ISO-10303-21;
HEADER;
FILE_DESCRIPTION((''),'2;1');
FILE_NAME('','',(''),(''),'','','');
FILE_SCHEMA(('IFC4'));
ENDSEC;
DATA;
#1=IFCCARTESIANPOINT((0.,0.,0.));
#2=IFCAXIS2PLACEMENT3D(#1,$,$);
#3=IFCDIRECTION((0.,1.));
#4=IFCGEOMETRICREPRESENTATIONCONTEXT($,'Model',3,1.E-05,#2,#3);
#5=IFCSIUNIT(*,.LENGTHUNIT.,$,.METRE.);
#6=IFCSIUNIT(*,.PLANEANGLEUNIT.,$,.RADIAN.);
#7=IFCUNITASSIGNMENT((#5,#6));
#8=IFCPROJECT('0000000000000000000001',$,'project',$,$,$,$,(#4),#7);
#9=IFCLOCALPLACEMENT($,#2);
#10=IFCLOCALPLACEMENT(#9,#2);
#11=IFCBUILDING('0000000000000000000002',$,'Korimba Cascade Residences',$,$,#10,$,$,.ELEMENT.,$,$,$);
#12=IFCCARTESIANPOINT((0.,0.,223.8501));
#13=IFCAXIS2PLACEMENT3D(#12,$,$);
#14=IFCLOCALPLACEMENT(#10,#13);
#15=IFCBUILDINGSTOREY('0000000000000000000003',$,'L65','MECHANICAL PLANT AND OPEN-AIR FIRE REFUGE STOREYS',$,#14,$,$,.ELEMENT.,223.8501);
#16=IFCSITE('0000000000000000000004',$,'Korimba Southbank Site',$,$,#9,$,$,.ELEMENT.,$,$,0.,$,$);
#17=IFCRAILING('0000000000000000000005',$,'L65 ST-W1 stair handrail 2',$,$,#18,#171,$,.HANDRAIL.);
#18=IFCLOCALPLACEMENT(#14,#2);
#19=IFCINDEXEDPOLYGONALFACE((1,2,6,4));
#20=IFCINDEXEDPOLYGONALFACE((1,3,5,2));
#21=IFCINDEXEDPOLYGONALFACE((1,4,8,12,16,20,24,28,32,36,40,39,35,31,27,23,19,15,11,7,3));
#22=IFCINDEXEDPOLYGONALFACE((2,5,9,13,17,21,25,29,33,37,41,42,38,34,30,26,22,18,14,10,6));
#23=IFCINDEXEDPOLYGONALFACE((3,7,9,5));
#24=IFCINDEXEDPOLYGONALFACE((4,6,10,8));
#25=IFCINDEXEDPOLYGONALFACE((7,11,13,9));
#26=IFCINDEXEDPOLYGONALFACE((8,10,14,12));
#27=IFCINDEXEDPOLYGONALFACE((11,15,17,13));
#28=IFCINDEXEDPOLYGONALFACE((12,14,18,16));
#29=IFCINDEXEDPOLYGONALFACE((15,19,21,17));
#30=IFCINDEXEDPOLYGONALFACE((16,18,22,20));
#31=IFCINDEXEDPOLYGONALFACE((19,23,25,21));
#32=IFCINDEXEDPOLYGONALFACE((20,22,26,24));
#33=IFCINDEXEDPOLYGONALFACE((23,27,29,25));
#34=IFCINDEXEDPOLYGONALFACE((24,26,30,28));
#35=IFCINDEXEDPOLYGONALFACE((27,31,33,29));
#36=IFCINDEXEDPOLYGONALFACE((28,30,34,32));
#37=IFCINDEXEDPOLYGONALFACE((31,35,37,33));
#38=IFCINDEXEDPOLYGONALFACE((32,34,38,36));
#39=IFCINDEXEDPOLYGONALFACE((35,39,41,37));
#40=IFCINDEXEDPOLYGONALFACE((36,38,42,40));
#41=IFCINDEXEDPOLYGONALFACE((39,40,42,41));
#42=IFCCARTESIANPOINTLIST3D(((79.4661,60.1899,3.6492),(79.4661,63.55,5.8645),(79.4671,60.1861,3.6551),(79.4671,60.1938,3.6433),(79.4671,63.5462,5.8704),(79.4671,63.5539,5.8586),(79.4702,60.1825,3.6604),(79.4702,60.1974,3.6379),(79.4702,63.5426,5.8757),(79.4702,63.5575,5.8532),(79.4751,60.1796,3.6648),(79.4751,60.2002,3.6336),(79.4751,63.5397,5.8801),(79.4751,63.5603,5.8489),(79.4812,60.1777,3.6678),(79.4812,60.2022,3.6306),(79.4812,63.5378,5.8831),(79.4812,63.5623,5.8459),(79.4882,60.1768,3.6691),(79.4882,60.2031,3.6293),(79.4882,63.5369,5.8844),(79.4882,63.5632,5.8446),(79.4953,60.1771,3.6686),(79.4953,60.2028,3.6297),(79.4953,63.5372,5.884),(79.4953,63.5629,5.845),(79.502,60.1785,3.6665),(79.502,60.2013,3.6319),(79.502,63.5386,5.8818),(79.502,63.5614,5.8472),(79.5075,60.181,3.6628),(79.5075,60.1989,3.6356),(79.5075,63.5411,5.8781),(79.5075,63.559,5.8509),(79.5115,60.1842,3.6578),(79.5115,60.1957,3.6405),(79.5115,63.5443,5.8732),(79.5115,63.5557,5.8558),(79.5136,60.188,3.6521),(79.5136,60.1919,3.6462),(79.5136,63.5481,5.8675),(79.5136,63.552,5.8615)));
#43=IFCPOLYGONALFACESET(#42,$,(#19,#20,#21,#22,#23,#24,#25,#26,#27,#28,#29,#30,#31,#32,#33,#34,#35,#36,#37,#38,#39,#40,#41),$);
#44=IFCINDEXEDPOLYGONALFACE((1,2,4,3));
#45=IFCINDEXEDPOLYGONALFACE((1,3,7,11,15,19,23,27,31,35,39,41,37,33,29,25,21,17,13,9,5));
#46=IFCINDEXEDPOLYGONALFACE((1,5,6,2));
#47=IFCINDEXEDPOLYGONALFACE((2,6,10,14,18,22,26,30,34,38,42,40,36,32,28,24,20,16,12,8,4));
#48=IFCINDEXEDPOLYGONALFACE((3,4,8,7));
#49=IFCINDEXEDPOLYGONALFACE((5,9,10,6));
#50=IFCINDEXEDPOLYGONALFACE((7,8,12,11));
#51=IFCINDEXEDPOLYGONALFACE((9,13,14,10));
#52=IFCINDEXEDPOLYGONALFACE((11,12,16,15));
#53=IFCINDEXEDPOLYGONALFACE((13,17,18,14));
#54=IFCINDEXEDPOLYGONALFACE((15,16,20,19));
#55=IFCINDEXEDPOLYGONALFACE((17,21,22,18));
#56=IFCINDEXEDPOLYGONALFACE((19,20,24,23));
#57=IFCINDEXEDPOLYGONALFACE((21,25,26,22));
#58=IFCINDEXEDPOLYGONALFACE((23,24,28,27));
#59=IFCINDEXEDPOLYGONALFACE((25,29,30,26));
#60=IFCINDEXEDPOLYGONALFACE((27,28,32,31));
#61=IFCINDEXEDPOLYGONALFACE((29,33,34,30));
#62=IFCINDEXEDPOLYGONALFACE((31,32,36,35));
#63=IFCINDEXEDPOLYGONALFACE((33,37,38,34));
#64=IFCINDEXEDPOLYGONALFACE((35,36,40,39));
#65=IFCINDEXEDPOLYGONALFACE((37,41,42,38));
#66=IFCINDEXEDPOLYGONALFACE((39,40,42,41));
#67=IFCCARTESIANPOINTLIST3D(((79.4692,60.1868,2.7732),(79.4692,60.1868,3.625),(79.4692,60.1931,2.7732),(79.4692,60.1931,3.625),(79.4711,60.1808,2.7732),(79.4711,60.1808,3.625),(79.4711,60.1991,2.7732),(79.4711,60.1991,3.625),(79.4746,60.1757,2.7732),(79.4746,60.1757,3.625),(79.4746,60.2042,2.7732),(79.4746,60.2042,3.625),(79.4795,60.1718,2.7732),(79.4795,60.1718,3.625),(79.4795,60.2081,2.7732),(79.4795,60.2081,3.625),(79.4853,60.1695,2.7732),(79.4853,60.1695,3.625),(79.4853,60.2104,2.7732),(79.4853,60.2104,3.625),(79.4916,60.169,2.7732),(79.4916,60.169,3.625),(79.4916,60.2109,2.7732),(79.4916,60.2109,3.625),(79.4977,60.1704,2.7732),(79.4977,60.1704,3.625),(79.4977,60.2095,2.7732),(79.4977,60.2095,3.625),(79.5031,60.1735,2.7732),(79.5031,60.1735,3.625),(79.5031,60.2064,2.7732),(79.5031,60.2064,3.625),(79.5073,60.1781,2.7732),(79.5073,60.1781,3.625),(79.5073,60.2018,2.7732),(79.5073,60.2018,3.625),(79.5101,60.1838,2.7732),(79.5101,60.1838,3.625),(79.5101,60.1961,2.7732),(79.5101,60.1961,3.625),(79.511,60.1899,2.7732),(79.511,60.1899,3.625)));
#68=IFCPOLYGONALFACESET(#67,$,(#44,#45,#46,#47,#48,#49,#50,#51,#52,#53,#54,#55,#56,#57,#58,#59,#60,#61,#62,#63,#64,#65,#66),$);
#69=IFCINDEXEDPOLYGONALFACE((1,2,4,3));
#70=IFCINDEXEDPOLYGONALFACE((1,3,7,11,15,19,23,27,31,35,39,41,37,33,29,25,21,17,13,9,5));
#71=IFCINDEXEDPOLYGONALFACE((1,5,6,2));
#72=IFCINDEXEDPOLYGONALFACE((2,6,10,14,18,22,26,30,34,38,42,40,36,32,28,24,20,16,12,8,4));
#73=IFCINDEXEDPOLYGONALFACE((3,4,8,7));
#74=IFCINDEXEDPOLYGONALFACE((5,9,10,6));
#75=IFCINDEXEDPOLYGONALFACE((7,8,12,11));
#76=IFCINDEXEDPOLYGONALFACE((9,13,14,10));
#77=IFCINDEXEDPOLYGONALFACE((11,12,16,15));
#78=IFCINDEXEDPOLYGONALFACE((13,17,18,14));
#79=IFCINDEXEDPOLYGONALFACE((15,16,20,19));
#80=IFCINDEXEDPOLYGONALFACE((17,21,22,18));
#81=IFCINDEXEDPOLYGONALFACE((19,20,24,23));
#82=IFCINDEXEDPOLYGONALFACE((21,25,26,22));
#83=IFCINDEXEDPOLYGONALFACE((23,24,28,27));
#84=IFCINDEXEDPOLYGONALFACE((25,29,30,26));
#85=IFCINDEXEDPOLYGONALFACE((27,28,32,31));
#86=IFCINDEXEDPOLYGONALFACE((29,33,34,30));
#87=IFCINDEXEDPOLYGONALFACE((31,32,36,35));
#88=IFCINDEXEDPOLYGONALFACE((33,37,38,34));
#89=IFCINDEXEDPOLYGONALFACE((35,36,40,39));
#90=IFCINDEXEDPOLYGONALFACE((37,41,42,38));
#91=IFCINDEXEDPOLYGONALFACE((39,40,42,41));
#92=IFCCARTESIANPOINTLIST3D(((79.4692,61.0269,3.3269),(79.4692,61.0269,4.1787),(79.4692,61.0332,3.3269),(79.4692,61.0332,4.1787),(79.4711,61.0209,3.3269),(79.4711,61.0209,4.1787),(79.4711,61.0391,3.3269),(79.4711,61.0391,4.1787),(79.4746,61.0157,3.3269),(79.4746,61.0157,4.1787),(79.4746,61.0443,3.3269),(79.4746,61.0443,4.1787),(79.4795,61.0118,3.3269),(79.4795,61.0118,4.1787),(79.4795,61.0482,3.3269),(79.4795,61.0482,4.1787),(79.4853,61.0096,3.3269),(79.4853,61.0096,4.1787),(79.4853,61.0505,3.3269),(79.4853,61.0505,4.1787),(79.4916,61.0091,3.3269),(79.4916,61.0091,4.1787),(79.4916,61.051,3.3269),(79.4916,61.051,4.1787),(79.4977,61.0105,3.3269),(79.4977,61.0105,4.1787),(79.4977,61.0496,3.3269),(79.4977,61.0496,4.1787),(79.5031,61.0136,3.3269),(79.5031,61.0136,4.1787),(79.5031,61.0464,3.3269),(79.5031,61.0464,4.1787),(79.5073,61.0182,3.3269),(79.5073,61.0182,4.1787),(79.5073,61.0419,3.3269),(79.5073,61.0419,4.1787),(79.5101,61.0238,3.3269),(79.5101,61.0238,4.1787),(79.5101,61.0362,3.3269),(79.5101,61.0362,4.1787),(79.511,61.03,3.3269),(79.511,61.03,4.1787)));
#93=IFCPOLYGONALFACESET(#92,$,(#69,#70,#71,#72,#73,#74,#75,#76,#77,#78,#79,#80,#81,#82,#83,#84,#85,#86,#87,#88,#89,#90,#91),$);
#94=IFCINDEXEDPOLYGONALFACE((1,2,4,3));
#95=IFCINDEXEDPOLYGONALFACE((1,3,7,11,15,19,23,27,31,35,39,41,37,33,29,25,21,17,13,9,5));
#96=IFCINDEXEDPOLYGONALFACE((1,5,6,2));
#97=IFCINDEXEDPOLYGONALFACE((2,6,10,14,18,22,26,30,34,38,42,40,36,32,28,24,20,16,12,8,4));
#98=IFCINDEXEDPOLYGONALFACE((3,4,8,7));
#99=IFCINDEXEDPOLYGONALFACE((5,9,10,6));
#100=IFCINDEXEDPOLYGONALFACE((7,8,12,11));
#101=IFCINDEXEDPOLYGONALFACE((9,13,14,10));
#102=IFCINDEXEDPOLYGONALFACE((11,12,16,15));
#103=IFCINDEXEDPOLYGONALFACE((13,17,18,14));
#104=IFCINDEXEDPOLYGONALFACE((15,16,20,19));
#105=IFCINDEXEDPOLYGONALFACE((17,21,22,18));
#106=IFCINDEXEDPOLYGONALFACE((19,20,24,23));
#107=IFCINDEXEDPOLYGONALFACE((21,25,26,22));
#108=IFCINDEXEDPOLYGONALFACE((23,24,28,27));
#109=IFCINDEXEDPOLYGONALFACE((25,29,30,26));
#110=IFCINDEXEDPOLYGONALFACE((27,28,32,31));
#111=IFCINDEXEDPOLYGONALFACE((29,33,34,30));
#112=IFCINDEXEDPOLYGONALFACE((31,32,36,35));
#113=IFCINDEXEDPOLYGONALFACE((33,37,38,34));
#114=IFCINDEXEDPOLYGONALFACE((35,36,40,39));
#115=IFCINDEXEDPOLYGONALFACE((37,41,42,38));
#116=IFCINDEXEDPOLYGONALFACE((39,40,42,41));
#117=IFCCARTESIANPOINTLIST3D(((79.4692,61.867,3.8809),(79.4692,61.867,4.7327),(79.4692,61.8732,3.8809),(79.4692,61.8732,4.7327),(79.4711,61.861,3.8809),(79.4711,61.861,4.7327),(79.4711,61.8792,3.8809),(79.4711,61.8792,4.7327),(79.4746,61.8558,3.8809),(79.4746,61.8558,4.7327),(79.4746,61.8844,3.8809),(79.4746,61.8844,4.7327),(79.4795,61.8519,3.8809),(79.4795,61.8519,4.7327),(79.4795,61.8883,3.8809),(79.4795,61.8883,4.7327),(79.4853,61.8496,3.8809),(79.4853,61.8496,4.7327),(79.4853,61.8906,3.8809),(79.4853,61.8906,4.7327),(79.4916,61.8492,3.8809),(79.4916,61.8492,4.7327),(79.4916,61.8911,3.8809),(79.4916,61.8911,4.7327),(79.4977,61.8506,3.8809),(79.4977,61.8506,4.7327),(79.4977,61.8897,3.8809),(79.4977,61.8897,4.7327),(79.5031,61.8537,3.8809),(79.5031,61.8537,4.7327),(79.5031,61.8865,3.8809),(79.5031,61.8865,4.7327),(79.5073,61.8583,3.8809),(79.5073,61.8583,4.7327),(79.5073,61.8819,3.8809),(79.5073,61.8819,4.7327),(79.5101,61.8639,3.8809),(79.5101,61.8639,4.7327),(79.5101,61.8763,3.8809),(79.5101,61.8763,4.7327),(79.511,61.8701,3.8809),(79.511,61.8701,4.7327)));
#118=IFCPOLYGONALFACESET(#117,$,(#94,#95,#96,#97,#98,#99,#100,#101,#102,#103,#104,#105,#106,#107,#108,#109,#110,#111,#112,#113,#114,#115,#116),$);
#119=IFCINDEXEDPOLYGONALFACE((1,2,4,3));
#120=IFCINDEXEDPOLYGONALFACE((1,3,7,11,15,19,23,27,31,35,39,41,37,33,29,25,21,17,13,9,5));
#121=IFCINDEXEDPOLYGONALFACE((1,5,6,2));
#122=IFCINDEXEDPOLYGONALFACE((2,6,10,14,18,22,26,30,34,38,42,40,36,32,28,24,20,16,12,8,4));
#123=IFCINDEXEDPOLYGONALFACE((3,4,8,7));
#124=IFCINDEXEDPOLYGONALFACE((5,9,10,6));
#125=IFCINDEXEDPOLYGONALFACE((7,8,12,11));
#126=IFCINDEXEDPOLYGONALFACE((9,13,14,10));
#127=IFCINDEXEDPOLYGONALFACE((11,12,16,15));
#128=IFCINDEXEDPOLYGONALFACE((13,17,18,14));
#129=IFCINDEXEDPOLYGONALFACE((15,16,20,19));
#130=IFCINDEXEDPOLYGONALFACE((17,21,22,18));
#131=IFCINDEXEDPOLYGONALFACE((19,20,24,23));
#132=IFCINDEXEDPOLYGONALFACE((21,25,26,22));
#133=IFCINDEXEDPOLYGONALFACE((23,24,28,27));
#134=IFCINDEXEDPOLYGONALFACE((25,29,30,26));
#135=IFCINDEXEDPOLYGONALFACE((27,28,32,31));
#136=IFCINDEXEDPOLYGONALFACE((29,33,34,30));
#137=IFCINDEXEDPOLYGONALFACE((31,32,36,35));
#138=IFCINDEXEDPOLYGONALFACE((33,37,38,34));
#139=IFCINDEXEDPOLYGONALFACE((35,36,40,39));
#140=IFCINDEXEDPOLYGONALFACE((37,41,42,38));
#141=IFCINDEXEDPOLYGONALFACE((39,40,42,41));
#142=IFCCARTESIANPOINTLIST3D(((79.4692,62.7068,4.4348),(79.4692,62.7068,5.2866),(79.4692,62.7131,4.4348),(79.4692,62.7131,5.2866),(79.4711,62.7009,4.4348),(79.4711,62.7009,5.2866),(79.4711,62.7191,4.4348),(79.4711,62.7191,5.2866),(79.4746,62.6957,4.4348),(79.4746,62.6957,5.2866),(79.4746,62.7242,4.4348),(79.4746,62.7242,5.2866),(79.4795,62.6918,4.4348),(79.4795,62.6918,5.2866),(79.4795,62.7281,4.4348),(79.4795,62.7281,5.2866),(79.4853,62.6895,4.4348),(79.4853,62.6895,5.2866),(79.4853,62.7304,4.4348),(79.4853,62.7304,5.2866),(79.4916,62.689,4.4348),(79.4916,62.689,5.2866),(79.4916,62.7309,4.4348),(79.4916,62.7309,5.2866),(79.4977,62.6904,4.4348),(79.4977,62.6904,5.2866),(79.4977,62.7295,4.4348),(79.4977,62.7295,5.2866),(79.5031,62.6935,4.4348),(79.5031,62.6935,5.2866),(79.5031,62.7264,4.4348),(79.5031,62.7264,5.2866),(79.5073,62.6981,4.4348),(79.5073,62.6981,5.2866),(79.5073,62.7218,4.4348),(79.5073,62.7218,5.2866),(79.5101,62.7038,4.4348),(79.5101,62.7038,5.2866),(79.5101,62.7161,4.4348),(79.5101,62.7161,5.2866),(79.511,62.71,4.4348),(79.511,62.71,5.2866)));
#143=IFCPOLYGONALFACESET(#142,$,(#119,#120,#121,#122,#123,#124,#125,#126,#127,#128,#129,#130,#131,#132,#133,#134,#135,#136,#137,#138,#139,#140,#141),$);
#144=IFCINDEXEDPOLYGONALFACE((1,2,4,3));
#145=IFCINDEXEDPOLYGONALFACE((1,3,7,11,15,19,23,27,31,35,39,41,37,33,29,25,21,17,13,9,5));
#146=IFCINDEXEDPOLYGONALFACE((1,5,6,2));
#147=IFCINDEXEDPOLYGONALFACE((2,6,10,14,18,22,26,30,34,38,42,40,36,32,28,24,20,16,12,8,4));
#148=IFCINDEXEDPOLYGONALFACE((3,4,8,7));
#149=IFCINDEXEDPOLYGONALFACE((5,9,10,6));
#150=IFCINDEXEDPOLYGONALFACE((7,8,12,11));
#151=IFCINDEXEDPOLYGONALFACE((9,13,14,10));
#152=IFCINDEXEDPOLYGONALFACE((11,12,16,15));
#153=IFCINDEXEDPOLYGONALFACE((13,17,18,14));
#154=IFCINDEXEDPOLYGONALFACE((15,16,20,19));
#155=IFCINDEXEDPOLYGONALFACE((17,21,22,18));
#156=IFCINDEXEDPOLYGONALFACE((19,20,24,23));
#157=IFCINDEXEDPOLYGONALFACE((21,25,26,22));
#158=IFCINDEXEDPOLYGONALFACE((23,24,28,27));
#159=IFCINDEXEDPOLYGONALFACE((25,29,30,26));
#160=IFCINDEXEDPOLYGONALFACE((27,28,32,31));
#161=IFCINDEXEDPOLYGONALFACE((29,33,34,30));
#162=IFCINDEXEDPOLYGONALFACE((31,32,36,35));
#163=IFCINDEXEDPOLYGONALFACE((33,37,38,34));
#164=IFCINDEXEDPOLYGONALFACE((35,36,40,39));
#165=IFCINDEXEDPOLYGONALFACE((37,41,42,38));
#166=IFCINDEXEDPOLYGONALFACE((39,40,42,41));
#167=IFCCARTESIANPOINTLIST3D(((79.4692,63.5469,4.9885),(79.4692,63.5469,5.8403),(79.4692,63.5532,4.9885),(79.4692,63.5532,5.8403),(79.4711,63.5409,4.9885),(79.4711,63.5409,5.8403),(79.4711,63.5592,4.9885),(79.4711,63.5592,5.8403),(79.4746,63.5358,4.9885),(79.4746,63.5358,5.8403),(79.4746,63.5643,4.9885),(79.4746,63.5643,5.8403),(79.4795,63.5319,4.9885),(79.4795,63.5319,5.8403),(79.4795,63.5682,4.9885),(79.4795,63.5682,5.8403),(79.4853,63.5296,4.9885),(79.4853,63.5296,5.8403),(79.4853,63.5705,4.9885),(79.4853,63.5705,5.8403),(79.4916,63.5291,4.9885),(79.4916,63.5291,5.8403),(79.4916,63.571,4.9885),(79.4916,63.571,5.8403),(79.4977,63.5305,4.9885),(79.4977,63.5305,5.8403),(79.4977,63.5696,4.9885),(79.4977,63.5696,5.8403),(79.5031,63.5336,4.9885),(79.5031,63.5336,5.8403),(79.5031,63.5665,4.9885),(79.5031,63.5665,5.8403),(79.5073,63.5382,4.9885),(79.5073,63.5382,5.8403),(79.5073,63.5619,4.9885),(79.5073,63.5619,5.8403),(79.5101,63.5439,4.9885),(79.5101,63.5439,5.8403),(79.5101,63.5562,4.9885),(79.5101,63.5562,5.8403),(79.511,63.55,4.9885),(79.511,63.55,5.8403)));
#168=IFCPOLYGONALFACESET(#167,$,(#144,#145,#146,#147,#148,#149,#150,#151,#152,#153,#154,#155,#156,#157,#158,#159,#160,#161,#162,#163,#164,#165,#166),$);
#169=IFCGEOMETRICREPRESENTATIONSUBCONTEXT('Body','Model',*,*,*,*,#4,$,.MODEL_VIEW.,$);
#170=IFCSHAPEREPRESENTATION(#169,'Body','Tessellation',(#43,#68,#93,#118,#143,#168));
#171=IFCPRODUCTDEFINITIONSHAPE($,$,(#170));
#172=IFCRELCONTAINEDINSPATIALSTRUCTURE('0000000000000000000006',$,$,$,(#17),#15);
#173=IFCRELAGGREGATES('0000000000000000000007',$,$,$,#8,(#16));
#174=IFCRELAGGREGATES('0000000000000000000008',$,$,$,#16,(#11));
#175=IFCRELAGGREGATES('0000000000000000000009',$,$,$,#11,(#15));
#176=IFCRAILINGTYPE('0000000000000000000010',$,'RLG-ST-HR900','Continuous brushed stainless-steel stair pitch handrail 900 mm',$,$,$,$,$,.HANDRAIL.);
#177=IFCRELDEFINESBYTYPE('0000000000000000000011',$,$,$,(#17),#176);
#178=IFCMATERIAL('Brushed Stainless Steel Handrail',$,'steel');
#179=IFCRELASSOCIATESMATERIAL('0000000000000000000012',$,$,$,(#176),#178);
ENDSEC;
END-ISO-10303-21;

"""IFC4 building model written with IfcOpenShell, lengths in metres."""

from ifc_helpers import new_model, si_unit, direction, frame, origin, origin_2d, place, context, subcontext, project, spatial, circle, extrude, material, type_object, element, save


model = new_model("IFC4")

# Units and contexts
model_context = context("Model", 3, precision=1e-05, world=origin(), true_north=direction((0.0, 1.0)))
body_context = subcontext(model_context, "Body", "Model", "MODEL_VIEW")
ifc_project = project(units=[si_unit("LENGTHUNIT", "METRE"), si_unit("PLANEANGLEUNIT", "RADIAN")], contexts=[model_context])

# Site, building, storey
site_placement = place(None, origin())
site = spatial("IfcSite", under=ifc_project, at=site_placement, Name="Korimba Southbank Site", CompositionType="ELEMENT", RefElevation=0.0)
building_placement = place(site_placement, origin())
building = spatial("IfcBuilding", under=site, at=building_placement, Name="Korimba Cascade Residences", CompositionType="ELEMENT")
storey_placement = place(building_placement, frame((0.0, 0.0, 223.8501)))
storey = spatial("IfcBuildingStorey", under=building, at=storey_placement, Name="L65", Description="MECHANICAL PLANT AND OPEN-AIR FIRE REFUGE STOREYS", CompositionType="ELEMENT", Elevation=223.8501)

# Railing
ifc_material_1 = material(Name="Brushed Stainless Steel Handrail", Category="steel")
railing_type = type_object("IfcRailingType", Name="RLG-ST-HR900", Description="Continuous brushed stainless-steel stair pitch handrail 900 mm", PredefinedType="HANDRAIL", material=ifc_material_1)
railing_placement = place(storey_placement, frame((79.49, 60.1899, 2.7732)))
element("IfcRailing", 1, at=railing_placement, inside=storey, type_object=railing_type, Name="L65 ST-W1 stair handrail 2", PredefinedType="HANDRAIL", context=body_context, shape_type="SweptSolid", body=[
    extrude(circle(Radius=0.0239, at=origin_2d()), frame((0.0, 0.0, 0.876), z_axis=(0.0, 0.834876, 0.550437), x_axis=(-1.0, 0.0, 0.0)), (0.0, 0.0, 1.0), 4.0247),
    extrude(circle(Radius=0.021, at=origin_2d()), origin(), (0.0, 0.0, 1.0), 0.8518),
    extrude(circle(Radius=0.021, at=origin_2d()), frame((0.0, 0.8401, 0.5537)), (0.0, 0.0, 1.0), 0.8518),
    extrude(circle(Radius=0.021, at=origin_2d()), frame((0.0, 1.6802, 1.1077)), (0.0, 0.0, 1.0), 0.8518),
    extrude(circle(Radius=0.021, at=origin_2d()), frame((0.0, 2.52, 1.6616)), (0.0, 0.0, 1.0), 0.8518),
    extrude(circle(Radius=0.021, at=origin_2d()), frame((0.0, 3.3601, 2.2153)), (0.0, 0.0, 1.0), 0.8518),
])

save(model, "model.ifc")
